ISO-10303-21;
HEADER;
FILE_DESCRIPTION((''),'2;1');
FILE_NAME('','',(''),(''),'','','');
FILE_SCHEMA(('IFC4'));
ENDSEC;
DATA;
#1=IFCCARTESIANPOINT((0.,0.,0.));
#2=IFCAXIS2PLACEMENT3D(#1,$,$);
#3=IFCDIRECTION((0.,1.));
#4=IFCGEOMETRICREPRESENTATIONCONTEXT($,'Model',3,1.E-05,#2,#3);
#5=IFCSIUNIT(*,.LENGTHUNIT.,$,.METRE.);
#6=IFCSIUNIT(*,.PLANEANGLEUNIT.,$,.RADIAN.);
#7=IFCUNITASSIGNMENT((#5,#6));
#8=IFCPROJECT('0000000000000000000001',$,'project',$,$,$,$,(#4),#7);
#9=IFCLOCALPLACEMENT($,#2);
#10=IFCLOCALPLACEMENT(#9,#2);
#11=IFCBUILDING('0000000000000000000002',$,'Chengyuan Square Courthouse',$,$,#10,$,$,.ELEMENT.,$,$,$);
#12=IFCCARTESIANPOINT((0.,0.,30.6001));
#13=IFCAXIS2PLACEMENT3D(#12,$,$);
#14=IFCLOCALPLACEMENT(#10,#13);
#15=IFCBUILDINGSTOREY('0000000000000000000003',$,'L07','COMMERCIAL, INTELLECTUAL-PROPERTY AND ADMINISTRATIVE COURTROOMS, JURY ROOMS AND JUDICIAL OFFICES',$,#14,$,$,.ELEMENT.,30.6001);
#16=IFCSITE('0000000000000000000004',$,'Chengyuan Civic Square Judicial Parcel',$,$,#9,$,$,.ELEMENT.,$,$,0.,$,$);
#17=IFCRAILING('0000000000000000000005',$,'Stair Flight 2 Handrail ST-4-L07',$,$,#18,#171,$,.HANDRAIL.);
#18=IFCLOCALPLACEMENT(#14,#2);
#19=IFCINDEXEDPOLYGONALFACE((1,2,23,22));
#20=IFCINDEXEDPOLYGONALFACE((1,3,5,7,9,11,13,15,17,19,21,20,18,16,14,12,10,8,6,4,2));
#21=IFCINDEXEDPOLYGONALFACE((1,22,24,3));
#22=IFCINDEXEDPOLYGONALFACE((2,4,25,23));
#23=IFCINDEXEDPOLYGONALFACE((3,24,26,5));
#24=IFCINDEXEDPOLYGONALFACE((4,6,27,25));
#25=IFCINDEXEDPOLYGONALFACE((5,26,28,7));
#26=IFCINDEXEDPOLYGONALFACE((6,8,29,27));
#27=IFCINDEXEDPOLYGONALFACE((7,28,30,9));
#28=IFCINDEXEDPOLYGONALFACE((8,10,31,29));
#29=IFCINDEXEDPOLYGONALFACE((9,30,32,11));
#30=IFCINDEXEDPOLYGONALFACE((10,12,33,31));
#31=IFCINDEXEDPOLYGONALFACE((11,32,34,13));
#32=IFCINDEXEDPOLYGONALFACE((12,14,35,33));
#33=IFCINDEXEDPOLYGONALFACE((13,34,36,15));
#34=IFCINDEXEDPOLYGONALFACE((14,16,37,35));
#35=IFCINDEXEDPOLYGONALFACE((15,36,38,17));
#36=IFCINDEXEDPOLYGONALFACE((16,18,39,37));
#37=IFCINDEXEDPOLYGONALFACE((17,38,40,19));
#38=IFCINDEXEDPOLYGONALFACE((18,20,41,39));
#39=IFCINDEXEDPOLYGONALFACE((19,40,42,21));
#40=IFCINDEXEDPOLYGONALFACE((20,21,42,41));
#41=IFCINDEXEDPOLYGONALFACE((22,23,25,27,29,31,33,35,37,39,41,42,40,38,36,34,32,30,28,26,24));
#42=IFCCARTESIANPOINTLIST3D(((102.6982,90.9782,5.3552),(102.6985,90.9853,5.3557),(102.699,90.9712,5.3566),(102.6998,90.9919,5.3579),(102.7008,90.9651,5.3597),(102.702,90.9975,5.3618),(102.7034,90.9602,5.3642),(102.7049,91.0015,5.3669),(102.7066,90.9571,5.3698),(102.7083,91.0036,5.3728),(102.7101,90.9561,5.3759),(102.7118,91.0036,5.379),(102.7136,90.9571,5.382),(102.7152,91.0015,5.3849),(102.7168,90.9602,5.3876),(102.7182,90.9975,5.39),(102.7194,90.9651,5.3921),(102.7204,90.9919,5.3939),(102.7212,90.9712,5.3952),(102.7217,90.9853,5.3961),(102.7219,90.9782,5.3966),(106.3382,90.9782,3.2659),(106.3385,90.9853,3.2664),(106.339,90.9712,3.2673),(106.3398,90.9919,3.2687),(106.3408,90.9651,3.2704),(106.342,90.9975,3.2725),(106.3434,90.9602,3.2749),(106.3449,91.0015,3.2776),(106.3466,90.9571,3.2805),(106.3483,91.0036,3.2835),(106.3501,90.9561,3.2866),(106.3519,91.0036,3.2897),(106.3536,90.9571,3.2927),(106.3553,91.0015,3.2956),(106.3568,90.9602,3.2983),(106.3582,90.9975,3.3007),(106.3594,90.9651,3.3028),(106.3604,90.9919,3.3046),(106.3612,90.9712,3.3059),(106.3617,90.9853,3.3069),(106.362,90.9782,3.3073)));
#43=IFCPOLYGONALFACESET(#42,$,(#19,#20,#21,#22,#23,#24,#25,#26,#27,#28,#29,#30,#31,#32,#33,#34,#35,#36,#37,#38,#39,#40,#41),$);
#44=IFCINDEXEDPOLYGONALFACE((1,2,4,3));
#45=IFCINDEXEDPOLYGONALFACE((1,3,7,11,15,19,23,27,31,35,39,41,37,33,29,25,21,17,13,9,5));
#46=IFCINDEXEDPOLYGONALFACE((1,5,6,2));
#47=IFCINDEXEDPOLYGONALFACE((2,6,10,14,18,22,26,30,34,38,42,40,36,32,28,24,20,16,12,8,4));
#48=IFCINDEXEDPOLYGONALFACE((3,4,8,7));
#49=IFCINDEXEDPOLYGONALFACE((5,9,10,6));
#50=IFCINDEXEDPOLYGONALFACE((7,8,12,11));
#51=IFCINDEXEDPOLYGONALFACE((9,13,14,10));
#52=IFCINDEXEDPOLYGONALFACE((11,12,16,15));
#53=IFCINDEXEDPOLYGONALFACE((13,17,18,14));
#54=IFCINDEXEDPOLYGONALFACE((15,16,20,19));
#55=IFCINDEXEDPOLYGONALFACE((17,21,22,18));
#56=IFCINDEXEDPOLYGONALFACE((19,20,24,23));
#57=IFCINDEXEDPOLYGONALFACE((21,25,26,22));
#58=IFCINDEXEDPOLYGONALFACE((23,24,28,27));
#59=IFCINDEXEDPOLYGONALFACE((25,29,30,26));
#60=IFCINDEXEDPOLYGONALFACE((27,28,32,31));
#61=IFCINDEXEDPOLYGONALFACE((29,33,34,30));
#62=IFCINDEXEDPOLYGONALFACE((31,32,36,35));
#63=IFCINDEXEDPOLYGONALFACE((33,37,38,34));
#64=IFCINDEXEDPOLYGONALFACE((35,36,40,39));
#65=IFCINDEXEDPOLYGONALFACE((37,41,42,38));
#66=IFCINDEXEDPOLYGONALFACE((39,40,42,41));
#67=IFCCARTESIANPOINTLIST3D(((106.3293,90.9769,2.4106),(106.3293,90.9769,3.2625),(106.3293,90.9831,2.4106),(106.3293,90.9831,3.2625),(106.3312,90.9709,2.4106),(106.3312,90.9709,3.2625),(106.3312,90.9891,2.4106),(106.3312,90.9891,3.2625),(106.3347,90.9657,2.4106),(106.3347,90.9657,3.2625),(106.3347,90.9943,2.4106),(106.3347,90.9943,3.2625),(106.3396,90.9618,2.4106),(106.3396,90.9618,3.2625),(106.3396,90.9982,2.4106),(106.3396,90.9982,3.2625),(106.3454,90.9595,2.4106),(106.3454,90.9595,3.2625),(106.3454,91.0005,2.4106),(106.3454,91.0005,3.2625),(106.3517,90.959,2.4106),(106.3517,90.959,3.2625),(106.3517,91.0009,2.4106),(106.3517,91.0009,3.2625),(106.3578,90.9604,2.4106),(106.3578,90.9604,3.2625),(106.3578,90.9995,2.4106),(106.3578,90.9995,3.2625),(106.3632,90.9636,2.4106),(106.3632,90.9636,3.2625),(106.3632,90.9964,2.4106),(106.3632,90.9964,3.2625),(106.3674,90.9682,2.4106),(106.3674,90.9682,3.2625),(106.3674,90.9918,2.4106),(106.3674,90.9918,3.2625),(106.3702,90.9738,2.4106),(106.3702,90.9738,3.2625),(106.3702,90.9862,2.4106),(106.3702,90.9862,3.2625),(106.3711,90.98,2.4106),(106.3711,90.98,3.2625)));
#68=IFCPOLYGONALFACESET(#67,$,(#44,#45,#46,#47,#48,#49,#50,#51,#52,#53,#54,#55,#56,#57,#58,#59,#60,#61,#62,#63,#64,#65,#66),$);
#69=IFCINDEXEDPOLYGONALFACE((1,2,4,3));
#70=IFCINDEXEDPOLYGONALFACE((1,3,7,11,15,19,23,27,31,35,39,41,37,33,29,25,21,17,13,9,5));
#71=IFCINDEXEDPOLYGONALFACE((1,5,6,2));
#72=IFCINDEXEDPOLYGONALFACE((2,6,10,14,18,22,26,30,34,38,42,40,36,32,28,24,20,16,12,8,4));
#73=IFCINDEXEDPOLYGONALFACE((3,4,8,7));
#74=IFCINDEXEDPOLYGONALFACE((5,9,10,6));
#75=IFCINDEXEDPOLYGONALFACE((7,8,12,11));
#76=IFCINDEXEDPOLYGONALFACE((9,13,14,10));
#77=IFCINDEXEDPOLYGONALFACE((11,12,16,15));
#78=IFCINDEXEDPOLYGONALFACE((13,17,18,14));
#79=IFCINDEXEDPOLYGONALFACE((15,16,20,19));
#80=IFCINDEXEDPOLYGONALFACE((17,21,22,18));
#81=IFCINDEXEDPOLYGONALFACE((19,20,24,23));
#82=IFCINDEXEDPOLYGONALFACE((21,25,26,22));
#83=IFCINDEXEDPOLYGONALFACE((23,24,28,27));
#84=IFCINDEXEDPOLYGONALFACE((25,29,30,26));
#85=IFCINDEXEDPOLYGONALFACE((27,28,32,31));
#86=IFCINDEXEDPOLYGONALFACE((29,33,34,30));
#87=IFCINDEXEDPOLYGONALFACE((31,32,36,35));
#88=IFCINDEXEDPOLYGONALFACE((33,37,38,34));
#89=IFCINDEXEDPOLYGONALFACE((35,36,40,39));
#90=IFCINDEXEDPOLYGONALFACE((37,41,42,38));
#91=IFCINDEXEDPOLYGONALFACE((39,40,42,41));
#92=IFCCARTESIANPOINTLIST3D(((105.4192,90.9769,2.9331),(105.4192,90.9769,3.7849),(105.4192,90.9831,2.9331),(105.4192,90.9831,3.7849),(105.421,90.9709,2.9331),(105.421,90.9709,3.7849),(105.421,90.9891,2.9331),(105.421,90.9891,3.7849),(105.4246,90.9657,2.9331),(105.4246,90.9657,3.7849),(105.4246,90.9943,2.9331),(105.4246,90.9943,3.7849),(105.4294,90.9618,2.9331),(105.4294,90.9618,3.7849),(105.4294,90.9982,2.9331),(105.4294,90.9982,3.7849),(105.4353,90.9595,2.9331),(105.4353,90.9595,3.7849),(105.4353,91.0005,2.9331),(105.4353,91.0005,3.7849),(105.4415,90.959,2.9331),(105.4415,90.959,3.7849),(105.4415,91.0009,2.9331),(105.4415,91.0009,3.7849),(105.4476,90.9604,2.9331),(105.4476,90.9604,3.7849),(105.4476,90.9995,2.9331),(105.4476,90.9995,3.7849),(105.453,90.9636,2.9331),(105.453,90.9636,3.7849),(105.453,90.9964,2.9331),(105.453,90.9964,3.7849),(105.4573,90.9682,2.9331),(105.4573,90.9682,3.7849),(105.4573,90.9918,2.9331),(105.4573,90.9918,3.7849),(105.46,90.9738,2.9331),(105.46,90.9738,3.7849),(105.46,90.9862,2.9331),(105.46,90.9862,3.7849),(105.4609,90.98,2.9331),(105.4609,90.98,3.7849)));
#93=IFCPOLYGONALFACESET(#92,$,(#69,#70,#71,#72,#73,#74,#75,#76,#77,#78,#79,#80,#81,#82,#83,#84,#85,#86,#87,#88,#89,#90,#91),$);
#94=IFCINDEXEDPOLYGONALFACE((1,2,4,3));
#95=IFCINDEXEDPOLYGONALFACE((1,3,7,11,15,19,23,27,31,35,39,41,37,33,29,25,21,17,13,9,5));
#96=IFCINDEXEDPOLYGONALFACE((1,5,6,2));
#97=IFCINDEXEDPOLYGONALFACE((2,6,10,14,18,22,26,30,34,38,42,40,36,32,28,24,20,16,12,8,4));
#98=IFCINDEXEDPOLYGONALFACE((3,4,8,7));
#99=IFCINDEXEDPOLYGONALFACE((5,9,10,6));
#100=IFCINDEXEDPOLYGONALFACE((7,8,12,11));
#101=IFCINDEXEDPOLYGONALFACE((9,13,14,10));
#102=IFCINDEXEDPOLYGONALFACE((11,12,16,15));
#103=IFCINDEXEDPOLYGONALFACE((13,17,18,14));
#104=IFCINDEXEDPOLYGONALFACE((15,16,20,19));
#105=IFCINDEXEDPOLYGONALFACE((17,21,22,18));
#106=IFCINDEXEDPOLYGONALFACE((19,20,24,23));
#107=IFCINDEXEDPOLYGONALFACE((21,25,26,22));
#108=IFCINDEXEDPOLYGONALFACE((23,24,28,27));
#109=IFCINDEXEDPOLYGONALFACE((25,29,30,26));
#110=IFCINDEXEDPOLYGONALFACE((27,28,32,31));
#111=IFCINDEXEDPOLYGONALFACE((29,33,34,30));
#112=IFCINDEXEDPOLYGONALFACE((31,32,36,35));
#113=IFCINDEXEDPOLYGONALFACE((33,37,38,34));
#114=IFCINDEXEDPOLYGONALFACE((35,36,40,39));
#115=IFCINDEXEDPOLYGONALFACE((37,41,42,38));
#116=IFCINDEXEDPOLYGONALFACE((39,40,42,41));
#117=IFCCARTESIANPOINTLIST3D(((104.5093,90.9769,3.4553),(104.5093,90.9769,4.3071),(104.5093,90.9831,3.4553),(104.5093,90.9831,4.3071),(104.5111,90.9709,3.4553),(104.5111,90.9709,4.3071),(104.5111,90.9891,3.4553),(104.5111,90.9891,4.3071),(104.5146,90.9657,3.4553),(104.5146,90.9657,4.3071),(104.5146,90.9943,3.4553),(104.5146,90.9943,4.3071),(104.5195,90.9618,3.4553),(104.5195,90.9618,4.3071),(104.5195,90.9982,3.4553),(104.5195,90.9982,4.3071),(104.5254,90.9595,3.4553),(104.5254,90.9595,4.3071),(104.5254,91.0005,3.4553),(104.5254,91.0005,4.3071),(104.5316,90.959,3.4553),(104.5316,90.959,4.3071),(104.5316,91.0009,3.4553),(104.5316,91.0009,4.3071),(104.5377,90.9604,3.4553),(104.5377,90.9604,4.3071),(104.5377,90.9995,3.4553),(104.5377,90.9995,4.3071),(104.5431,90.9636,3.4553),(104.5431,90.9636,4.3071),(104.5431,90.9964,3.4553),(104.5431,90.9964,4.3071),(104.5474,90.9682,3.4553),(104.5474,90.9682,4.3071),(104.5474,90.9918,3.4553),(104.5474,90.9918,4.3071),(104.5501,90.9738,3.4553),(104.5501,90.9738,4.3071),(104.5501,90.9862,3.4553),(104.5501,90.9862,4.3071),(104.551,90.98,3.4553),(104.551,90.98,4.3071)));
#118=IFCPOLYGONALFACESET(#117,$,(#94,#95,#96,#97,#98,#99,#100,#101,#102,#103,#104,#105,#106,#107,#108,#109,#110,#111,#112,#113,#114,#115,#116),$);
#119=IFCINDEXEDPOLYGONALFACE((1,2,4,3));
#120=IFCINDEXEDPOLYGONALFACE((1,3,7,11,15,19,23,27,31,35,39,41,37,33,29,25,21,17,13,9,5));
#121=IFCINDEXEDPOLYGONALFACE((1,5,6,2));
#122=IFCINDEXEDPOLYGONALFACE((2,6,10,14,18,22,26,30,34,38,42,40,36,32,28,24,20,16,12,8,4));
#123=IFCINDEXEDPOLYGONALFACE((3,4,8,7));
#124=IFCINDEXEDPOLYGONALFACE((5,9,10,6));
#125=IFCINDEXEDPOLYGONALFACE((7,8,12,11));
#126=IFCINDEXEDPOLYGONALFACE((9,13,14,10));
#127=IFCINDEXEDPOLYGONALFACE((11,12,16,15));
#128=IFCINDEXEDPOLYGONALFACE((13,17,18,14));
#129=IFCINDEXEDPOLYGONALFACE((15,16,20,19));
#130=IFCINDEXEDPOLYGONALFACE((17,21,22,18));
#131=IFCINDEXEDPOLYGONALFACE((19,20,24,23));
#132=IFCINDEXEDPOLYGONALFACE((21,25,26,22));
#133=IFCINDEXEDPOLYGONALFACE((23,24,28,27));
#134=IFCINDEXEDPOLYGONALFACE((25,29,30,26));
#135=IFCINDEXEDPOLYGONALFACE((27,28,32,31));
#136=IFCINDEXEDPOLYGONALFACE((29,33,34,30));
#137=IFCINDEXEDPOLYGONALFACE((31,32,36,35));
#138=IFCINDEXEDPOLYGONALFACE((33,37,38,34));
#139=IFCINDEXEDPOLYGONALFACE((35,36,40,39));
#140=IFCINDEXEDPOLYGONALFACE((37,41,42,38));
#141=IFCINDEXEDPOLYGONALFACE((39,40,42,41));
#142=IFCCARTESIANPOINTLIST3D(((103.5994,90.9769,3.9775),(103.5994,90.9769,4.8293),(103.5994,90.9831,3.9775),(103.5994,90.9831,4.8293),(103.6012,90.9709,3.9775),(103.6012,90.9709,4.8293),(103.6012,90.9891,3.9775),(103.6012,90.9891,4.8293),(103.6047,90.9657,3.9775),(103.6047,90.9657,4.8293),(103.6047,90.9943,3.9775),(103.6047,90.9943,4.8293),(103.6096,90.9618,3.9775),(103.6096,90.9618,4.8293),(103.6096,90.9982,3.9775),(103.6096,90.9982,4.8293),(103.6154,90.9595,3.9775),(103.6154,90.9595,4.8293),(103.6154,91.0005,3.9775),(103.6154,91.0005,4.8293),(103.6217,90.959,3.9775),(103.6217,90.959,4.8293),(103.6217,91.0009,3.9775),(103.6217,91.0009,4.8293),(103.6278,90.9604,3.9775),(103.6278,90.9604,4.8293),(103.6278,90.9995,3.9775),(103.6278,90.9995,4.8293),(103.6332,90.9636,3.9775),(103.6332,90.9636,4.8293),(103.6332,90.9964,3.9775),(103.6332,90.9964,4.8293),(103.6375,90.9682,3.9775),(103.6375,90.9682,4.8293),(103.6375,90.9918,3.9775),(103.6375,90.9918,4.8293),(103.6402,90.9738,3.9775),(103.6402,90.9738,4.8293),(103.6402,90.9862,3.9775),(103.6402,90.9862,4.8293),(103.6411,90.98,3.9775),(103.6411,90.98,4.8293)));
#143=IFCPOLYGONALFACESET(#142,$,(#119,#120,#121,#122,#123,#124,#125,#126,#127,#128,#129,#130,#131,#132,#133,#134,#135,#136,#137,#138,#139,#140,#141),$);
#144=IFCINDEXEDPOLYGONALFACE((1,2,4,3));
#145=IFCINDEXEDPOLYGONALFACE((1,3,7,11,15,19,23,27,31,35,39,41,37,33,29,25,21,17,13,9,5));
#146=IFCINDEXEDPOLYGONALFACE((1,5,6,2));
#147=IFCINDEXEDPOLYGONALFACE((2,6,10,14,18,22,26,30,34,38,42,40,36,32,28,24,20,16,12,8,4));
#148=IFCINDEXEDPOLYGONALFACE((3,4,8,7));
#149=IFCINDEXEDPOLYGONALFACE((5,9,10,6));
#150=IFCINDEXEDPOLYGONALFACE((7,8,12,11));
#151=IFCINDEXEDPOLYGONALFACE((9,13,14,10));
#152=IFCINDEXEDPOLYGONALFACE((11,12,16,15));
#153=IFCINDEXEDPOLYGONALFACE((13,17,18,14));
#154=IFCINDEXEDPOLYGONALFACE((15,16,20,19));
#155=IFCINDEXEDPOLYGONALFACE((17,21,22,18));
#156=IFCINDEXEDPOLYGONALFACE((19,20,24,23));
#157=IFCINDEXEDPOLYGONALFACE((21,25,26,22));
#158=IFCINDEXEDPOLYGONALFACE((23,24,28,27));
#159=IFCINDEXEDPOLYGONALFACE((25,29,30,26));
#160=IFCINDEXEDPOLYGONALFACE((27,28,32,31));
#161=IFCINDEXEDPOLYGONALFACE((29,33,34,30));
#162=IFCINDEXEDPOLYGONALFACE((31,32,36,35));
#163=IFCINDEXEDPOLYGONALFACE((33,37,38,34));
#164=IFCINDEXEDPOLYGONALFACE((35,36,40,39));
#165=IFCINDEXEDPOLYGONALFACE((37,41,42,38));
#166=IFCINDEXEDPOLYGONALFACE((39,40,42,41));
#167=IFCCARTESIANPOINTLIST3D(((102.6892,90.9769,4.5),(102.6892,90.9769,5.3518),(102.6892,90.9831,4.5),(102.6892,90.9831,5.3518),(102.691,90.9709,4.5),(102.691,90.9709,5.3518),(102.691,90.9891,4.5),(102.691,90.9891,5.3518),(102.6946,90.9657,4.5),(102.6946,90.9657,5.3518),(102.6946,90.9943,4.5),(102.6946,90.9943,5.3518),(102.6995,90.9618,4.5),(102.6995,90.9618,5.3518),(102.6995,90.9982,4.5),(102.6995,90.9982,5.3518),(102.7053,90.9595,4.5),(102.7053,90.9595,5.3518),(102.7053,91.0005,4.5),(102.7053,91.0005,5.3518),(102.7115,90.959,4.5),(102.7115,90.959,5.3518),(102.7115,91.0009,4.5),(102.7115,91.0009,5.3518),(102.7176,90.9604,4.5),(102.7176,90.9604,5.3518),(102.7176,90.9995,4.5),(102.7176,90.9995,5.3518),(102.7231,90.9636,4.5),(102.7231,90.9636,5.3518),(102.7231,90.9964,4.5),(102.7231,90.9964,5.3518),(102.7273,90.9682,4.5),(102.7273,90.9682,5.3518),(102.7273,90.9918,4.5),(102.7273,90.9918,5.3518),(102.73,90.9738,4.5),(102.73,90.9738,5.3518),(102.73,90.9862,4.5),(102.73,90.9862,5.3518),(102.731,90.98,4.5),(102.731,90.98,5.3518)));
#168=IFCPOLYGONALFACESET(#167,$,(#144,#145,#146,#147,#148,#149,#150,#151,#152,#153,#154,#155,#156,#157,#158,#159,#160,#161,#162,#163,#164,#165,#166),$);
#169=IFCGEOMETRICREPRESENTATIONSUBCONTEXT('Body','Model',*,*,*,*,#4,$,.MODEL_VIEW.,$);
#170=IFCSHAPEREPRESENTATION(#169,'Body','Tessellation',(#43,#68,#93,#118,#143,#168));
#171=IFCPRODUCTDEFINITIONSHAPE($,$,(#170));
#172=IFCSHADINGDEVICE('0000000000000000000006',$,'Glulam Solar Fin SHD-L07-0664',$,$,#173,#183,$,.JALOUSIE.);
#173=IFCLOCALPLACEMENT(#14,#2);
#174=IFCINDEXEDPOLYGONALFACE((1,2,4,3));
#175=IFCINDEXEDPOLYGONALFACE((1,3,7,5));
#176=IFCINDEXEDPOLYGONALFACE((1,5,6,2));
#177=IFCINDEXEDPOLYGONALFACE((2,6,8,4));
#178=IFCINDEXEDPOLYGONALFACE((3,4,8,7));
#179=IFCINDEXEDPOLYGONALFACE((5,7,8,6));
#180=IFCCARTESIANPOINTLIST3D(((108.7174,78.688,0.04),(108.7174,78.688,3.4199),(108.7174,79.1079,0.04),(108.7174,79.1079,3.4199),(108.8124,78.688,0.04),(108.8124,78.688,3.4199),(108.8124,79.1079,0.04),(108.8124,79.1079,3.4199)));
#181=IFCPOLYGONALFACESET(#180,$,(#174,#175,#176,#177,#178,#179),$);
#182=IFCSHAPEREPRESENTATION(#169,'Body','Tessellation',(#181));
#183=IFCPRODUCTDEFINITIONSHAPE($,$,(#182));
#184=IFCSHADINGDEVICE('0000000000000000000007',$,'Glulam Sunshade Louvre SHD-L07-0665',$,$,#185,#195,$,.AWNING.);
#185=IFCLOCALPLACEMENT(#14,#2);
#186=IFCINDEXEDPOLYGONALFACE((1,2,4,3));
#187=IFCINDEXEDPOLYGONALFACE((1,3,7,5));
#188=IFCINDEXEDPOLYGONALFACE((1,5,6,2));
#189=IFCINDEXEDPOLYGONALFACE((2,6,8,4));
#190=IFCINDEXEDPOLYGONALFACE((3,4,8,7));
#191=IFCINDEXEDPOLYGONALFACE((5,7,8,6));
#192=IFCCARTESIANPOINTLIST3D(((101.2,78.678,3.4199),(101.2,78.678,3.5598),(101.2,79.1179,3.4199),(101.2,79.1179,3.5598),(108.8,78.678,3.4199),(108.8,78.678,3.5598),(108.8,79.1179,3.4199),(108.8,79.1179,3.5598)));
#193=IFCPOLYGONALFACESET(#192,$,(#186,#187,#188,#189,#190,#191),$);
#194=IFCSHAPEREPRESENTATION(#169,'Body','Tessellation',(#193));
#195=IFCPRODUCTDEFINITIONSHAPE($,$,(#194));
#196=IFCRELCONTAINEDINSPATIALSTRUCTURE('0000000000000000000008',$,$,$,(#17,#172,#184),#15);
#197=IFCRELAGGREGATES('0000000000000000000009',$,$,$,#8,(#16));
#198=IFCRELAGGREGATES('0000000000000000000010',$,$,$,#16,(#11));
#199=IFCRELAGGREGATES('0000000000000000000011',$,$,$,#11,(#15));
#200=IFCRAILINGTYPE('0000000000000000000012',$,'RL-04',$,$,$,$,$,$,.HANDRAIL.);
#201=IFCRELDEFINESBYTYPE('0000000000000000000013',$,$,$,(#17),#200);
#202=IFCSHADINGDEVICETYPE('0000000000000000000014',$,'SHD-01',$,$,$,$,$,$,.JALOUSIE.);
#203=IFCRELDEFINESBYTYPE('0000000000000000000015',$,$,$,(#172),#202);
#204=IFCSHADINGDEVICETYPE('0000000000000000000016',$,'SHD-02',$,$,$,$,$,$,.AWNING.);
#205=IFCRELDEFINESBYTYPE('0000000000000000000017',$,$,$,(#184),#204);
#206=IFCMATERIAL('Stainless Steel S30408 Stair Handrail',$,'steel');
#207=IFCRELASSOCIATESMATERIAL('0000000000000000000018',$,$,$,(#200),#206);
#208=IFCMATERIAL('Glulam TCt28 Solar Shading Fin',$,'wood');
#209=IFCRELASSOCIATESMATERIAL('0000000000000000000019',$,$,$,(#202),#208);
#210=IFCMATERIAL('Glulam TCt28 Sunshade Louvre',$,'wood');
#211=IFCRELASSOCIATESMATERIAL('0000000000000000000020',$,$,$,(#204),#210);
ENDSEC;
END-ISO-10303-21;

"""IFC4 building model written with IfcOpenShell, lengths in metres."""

from ifc_helpers import new_model, si_unit, direction, frame, origin, origin_2d, place, context, subcontext, project, spatial, rectangle, circle, extrude, material, type_object, element, save


model = new_model("IFC4")

# Units and contexts
model_context = context("Model", 3, precision=1e-05, world=origin(), true_north=direction((0.0, 1.0)))
body_context = subcontext(model_context, "Body", "Model", "MODEL_VIEW")
ifc_project = project(units=[si_unit("LENGTHUNIT", "METRE"), si_unit("PLANEANGLEUNIT", "RADIAN")], contexts=[model_context])

# Site, building, storey
site_placement = place(None, origin())
site = spatial("IfcSite", under=ifc_project, at=site_placement, Name="Chengyuan Civic Square Judicial Parcel", CompositionType="ELEMENT", RefElevation=0.0)
building_placement = place(site_placement, origin())
building = spatial("IfcBuilding", under=site, at=building_placement, Name="Chengyuan Square Courthouse", CompositionType="ELEMENT")
storey_placement = place(building_placement, frame((0.0, 0.0, 30.6001)))
storey = spatial("IfcBuildingStorey", under=building, at=storey_placement, Name="L07", Description="COMMERCIAL, INTELLECTUAL-PROPERTY AND ADMINISTRATIVE COURTROOMS, JURY ROOMS AND JUDICIAL OFFICES", CompositionType="ELEMENT", Elevation=30.6001)

# Railing
ifc_material_1 = material(Name="Stainless Steel S30408 Stair Handrail", Category="steel")
railing_type_1 = type_object("IfcRailingType", Name="RL-04", PredefinedType="HANDRAIL", material=ifc_material_1)
railing_1_placement = place(storey_placement, frame((106.3501, 90.98, 2.4106)))
element("IfcRailing", 1, at=railing_1_placement, inside=storey, type_object=railing_type_1, Name="Stair Flight 2 Handrail ST-4-L07", PredefinedType="HANDRAIL", context=body_context, shape_type="SweptSolid", body=[
    extrude(circle(Radius=0.0239, at=origin_2d()), frame((0.0, 0.0, 0.876), z_axis=(-0.867289, 0.0, 0.497804), x_axis=(0.0, -1.0, 0.0)), (0.0, 0.0, 1.0), 4.197),
    extrude(circle(Radius=0.021, at=origin_2d()), origin(), (0.0, 0.0, 1.0), 0.8518),
    extrude(circle(Radius=0.021, at=origin_2d()), frame((-0.9102, 0.0, 0.5225)), (0.0, 0.0, 1.0), 0.8518),
    extrude(circle(Radius=0.021, at=origin_2d()), frame((-1.8201, 0.0, 1.0447)), (0.0, 0.0, 1.0), 0.8518),
    extrude(circle(Radius=0.021, at=origin_2d()), frame((-2.73, 0.0, 1.5669)), (0.0, 0.0, 1.0), 0.8518),
    extrude(circle(Radius=0.021, at=origin_2d()), frame((-3.6401, 0.0, 2.0894)), (0.0, 0.0, 1.0), 0.8518),
])

# Shading devices
ifc_material_2 = material(Name="Glulam TCt28 Solar Shading Fin", Category="wood")
shading_device_type_1 = type_object("IfcShadingDeviceType", Name="SHD-01", PredefinedType="JALOUSIE", material=ifc_material_2)
shading_device_1_placement = place(storey_placement, frame((108.7649, 78.8979, 0.04), z_axis=(0.0, 0.0, 1.0), x_axis=(0.0, 1.0, 0.0)))
element("IfcShadingDevice", 2, at=shading_device_1_placement, inside=storey, type_object=shading_device_type_1, Name="Glulam Solar Fin SHD-L07-0664", PredefinedType="JALOUSIE", context=body_context, shape_type="SweptSolid", body=[
    extrude(rectangle(XDim=0.4199, YDim=0.095, at=origin_2d()), origin(), (0.0, 0.0, 1.0), 3.3799),
])
ifc_material_3 = material(Name="Glulam TCt28 Sunshade Louvre", Category="wood")
shading_device_type_2 = type_object("IfcShadingDeviceType", Name="SHD-02", PredefinedType="AWNING", material=ifc_material_3)
shading_device_2_placement = place(storey_placement, frame((105.0, 78.8979, 3.4199), z_axis=(0.0, 0.0, 1.0), x_axis=(1.0, 0.0, 0.0)))
element("IfcShadingDevice", 3, at=shading_device_2_placement, inside=storey, type_object=shading_device_type_2, Name="Glulam Sunshade Louvre SHD-L07-0665", PredefinedType="AWNING", context=body_context, shape_type="SweptSolid", body=[
    extrude(rectangle(XDim=7.6001, YDim=0.4399, at=origin_2d()), origin(), (0.0, 0.0, 1.0), 0.1399),
])

save(model, "model.ifc")
